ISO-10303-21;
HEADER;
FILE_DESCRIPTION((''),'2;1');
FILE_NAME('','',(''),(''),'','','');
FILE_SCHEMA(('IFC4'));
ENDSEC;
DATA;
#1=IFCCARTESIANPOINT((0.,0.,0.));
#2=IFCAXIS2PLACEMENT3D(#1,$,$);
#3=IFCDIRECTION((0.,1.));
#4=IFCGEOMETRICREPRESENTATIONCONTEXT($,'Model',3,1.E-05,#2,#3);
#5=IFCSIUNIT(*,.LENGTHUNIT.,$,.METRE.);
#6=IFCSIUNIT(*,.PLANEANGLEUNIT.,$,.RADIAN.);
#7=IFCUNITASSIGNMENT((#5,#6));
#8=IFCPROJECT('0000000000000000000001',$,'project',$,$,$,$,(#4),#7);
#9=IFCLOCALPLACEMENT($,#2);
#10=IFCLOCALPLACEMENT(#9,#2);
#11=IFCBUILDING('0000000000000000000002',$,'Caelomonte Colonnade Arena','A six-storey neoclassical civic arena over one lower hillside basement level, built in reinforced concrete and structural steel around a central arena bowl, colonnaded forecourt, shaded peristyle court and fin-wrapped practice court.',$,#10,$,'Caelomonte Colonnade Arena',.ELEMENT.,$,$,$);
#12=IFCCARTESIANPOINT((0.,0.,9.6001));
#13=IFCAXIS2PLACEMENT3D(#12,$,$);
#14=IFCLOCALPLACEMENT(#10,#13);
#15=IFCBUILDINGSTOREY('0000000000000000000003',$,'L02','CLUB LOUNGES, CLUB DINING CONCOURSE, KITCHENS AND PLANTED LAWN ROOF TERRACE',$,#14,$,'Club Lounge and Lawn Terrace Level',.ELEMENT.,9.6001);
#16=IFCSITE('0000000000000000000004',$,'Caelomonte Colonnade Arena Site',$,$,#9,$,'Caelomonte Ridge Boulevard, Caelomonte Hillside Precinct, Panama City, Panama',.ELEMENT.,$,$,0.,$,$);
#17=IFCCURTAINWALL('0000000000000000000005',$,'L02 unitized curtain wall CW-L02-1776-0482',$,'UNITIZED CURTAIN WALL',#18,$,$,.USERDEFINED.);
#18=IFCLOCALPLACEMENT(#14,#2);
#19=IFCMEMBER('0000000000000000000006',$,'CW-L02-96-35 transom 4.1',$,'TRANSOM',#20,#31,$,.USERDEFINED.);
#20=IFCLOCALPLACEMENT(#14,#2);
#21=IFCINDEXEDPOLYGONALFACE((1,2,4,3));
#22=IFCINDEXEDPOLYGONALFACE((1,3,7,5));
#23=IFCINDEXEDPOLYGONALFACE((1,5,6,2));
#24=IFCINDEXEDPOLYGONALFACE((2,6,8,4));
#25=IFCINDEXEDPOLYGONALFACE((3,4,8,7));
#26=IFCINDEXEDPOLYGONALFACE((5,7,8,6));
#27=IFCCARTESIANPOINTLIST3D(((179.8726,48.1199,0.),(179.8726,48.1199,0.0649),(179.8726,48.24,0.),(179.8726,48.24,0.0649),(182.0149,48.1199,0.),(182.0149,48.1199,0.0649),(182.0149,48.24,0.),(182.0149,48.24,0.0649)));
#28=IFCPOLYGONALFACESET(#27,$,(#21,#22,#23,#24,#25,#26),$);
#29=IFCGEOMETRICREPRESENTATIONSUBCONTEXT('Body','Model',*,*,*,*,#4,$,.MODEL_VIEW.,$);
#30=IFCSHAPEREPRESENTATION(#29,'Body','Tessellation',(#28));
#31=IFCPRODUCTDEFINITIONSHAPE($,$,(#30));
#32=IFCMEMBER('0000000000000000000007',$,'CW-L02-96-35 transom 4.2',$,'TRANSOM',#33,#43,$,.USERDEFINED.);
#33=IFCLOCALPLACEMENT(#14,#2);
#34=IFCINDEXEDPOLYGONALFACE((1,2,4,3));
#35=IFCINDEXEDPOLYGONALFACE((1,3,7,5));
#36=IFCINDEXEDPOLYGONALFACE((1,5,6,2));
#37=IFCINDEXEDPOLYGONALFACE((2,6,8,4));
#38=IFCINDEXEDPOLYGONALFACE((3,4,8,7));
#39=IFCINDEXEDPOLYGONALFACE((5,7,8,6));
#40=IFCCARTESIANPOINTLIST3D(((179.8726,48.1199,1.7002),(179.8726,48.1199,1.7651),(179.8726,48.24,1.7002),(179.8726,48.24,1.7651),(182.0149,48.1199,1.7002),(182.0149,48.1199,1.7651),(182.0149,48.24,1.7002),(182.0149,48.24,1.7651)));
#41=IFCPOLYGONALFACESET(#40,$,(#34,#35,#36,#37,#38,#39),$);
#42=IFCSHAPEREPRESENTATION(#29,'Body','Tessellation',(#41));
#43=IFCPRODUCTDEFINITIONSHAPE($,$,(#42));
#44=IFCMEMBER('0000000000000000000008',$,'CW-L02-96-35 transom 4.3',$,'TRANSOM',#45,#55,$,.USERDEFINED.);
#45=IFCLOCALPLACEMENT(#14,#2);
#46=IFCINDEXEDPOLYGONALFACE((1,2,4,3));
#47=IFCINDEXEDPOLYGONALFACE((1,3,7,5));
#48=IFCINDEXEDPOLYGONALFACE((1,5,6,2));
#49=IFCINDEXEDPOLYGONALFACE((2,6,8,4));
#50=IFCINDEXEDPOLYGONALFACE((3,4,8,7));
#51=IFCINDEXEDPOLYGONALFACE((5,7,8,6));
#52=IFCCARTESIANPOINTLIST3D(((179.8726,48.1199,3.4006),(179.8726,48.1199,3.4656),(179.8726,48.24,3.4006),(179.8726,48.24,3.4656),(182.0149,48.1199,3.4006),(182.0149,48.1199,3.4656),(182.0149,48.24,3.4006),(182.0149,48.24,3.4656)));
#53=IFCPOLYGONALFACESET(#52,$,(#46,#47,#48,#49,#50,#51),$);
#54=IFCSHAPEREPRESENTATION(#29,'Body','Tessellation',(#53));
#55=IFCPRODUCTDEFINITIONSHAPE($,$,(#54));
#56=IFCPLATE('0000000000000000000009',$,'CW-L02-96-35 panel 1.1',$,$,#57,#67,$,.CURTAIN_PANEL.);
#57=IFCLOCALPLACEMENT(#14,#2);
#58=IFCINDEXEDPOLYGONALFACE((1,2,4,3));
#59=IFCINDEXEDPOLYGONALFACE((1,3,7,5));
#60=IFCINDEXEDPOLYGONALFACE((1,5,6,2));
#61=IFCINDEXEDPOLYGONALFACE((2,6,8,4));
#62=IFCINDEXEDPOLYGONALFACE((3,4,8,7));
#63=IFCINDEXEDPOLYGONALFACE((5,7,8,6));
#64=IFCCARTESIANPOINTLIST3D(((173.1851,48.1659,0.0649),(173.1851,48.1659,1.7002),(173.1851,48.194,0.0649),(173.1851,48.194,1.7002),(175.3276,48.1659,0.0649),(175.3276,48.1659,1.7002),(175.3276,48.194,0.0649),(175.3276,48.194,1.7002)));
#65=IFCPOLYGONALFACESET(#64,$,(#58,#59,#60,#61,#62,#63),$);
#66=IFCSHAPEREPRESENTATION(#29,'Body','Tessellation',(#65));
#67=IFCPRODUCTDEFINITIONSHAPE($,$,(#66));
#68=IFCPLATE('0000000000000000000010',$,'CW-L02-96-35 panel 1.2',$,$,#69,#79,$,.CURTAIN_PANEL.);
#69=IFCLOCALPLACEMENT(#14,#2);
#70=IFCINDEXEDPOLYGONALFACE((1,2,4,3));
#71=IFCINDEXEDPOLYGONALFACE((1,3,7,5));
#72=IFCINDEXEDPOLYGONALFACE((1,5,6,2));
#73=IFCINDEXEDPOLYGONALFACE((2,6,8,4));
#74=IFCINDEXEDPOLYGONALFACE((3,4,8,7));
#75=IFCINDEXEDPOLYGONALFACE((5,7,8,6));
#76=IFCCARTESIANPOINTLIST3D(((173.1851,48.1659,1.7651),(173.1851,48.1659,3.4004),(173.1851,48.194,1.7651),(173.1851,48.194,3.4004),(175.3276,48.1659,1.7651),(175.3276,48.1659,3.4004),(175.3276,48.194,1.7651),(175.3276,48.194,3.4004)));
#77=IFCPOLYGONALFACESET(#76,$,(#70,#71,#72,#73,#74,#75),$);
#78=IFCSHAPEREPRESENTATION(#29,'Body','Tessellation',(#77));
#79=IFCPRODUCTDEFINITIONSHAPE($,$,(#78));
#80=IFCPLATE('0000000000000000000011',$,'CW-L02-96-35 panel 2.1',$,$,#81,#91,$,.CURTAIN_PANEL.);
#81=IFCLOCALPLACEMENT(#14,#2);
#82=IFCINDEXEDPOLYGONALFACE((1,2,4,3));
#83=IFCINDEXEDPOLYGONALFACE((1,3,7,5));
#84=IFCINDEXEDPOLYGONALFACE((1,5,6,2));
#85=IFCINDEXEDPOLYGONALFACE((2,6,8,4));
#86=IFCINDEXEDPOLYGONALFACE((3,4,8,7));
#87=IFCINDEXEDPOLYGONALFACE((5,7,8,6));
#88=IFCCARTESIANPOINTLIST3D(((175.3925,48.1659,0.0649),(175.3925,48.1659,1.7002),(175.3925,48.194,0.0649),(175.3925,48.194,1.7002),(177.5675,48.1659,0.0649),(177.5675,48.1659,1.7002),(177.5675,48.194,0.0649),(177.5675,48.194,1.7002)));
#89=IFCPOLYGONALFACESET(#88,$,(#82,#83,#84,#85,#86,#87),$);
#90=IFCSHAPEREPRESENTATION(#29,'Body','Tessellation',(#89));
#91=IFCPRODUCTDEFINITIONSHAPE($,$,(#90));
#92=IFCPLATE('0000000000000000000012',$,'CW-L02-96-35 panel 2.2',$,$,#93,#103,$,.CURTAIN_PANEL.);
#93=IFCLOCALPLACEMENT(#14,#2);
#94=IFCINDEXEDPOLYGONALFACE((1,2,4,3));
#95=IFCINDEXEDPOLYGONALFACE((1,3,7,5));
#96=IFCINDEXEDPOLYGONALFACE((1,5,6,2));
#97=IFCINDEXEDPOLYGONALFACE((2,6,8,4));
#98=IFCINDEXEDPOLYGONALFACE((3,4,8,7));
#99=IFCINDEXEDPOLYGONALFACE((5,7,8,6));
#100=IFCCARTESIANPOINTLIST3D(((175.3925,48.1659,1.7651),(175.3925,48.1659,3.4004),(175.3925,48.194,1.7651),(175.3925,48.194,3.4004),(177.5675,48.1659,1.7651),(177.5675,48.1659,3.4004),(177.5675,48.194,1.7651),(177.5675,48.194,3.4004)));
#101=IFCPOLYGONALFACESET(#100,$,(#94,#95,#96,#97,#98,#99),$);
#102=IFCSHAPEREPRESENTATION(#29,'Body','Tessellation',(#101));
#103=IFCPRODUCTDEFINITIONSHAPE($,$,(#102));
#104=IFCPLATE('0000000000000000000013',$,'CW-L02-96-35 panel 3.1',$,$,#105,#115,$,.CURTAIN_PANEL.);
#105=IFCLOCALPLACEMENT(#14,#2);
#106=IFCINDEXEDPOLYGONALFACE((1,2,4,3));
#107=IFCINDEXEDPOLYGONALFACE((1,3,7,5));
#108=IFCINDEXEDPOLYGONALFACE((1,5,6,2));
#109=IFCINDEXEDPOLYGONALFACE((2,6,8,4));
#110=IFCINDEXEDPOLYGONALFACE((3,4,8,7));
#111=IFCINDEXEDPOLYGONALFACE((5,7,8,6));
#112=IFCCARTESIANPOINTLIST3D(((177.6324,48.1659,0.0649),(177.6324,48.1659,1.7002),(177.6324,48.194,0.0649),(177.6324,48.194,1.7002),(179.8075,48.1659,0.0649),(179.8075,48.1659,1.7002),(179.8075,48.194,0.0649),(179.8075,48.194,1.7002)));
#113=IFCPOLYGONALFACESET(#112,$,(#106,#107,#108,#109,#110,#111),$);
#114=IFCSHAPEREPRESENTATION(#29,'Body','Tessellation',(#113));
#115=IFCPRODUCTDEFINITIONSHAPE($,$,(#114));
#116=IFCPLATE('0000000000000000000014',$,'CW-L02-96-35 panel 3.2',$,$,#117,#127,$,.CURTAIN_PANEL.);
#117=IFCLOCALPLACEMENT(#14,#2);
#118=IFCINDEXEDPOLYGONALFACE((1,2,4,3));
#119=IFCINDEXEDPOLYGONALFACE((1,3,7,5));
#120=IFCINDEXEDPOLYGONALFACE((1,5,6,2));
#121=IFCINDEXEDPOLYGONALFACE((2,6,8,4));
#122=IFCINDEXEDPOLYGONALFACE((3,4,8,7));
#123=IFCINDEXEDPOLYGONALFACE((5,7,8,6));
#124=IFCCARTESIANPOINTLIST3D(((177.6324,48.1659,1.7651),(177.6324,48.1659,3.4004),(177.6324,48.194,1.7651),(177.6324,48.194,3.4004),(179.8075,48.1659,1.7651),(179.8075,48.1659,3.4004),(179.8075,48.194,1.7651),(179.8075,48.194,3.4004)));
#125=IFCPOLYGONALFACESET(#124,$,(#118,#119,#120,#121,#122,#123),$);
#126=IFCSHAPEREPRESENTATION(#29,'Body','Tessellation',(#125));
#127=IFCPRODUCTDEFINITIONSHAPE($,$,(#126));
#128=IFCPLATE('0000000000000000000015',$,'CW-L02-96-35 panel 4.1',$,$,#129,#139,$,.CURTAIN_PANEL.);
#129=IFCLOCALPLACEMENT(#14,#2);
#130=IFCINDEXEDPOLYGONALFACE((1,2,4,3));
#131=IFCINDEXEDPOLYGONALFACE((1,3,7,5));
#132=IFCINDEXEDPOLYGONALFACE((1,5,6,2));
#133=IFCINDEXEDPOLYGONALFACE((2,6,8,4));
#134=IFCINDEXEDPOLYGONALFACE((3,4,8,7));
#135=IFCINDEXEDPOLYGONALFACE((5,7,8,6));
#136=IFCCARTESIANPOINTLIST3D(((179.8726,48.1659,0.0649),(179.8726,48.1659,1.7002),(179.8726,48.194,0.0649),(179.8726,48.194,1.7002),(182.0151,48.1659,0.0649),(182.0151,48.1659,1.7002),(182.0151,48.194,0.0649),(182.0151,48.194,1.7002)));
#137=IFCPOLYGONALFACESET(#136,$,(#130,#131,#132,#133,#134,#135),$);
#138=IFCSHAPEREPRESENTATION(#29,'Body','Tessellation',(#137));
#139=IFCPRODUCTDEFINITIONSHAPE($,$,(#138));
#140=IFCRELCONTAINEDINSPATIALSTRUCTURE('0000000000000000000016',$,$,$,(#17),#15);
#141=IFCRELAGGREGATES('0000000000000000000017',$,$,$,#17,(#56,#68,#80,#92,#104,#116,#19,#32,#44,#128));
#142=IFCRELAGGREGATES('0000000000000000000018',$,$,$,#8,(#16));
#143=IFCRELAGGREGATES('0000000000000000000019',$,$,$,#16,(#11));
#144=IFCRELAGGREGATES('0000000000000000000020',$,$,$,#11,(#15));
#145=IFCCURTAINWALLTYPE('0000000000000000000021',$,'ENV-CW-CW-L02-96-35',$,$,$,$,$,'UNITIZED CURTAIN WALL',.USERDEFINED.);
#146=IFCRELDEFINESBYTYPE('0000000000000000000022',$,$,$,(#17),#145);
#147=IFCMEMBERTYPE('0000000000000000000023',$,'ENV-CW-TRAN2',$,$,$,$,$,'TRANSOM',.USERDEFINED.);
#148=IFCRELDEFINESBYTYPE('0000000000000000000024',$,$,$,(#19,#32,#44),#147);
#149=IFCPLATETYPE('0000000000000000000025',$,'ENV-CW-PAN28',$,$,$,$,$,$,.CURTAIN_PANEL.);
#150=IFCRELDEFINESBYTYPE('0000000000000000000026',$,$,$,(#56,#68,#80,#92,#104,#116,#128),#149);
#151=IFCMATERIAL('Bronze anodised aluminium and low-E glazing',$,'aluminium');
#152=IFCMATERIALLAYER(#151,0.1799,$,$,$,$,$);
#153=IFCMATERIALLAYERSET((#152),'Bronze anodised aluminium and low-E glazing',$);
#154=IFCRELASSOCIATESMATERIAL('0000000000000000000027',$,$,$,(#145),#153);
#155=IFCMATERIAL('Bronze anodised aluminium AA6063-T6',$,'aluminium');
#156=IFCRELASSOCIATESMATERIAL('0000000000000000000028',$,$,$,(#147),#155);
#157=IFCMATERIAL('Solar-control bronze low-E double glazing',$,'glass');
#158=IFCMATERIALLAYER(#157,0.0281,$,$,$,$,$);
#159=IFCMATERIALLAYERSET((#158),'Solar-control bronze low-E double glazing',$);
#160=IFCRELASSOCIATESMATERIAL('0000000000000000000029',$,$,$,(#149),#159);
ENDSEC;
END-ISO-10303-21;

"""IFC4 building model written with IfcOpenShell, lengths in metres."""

from ifc_helpers import new_model, si_unit, direction, frame, origin, origin_2d, place, context, subcontext, project, spatial, rectangle, extrude, material, layer, layer_set, material_profile, profile_set, type_object, element, aggregate, save


model = new_model("IFC4")

# Units and contexts
model_context = context("Model", 3, precision=1e-05, world=origin(), true_north=direction((0.0, 1.0)))
body_context = subcontext(model_context, "Body", "Model", "MODEL_VIEW")
ifc_project = project(units=[si_unit("LENGTHUNIT", "METRE"), si_unit("PLANEANGLEUNIT", "RADIAN")], contexts=[model_context])

# Site, building, storey
site_placement = place(None, origin())
site = spatial("IfcSite", under=ifc_project, at=site_placement, Name="Caelomonte Colonnade Arena Site", LongName="Caelomonte Ridge Boulevard, Caelomonte Hillside Precinct, Panama City, Panama", CompositionType="ELEMENT", RefElevation=0.0)
building_placement = place(site_placement, origin())
building = spatial("IfcBuilding", under=site, at=building_placement, Name="Caelomonte Colonnade Arena", Description="A six-storey neoclassical civic arena over one lower hillside basement level, built in reinforced concrete and structural steel around a central arena bowl, colonnaded forecourt, shaded peristyle court and fin-wrapped practice court.", LongName="Caelomonte Colonnade Arena", CompositionType="ELEMENT")
storey_placement = place(building_placement, frame((0.0, 0.0, 9.6001)))
storey = spatial("IfcBuildingStorey", under=building, at=storey_placement, Name="L02", Description="CLUB LOUNGES, CLUB DINING CONCOURSE, KITCHENS AND PLANTED LAWN ROOF TERRACE", LongName="Club Lounge and Lawn Terrace Level", CompositionType="ELEMENT", Elevation=9.6001)

# Curtain wall, members, plates
ifc_material_1 = material(Name="Bronze anodised aluminium and low-E glazing", Category="aluminium")
ifc_layer_1 = layer(ifc_material_1, 0.1799)
ifc_layer_set_1 = layer_set([ifc_layer_1], Name="Bronze anodised aluminium and low-E glazing")
curtain_wall_type = type_object("IfcCurtainWallType", Name="ENV-CW-CW-L02-96-35", ElementType="UNITIZED CURTAIN WALL", PredefinedType="USERDEFINED", material=ifc_layer_set_1)
curtain_wall_placement = place(storey_placement, origin())
curtain_wall = element("IfcCurtainWall", 1, at=curtain_wall_placement, inside=storey, type_object=curtain_wall_type, Name="L02 unitized curtain wall CW-L02-1776-0482", ObjectType="UNITIZED CURTAIN WALL", PredefinedType="USERDEFINED")
ifc_material_2 = material(Name="Bronze anodised aluminium AA6063-T6", Category="aluminium")
ifc_material_profile_1 = material_profile(ifc_material_2, rectangle(XDim=0.0649, YDim=0.1201, at=origin_2d()), Name="CWT-65X120")
ifc_profile_set_1 = profile_set([ifc_material_profile_1], Name="Bronze anodised aluminium AA6063-T6")
member_type_1 = type_object("IfcMemberType", Name="ENV-CW-TRAN2", ElementType="TRANSOM", PredefinedType="USERDEFINED", material=ifc_profile_set_1)
member_1_placement = place(storey_placement, frame((179.8726, 48.1799, 0.0325), z_axis=(1.0, 0.0, 0.0), x_axis=(0.0, 0.0, 1.0)))
member_1 = element("IfcMember", 2, at=member_1_placement, type_object=member_type_1, Name="CW-L02-96-35 transom 4.1", ObjectType="TRANSOM", PredefinedType="USERDEFINED", context=body_context, shape_type="SweptSolid", body=[
    extrude(rectangle(XDim=0.0649, YDim=0.1201, at=origin_2d()), origin(), (0.0, 0.0, 1.0), 2.1423),
])
member_2_placement = place(storey_placement, frame((179.8726, 48.1799, 1.7327), z_axis=(1.0, 0.0, 0.0), x_axis=(0.0, 0.0, 1.0)))
member_2 = element("IfcMember", 3, at=member_2_placement, type_object=member_type_1, Name="CW-L02-96-35 transom 4.2", ObjectType="TRANSOM", PredefinedType="USERDEFINED", context=body_context, shape_type="SweptSolid", body=[
    extrude(rectangle(XDim=0.0649, YDim=0.1201, at=origin_2d()), origin(), (0.0, 0.0, 1.0), 2.1423),
])
member_3_placement = place(storey_placement, frame((179.8726, 48.1799, 3.4331), z_axis=(1.0, 0.0, 0.0), x_axis=(0.0, 0.0, 1.0)))
member_3 = element("IfcMember", 4, at=member_3_placement, type_object=member_type_1, Name="CW-L02-96-35 transom 4.3", ObjectType="TRANSOM", PredefinedType="USERDEFINED", context=body_context, shape_type="SweptSolid", body=[
    extrude(rectangle(XDim=0.0649, YDim=0.1201, at=origin_2d()), origin(), (0.0, 0.0, 1.0), 2.1423),
])
ifc_material_3 = material(Name="Solar-control bronze low-E double glazing", Category="glass")
ifc_layer_2 = layer(ifc_material_3, 0.0281)
ifc_layer_set_2 = layer_set([ifc_layer_2], Name="Solar-control bronze low-E double glazing")
plate_type = type_object("IfcPlateType", Name="ENV-CW-PAN28", PredefinedType="CURTAIN_PANEL", material=ifc_layer_set_2)
plate_1_placement = place(storey_placement, frame((174.2563, 48.1799, 0.0649), z_axis=(0.0, 0.0, 1.0), x_axis=(1.0, 0.0, 0.0)))
plate_1 = element("IfcPlate", 5, at=plate_1_placement, type_object=plate_type, Name="CW-L02-96-35 panel 1.1", PredefinedType="CURTAIN_PANEL", context=body_context, shape_type="SweptSolid", body=[
    extrude(rectangle(XDim=2.1426, YDim=0.0281, at=origin_2d()), origin(), (0.0, 0.0, 1.0), 1.6353),
])
plate_2_placement = place(storey_placement, frame((174.2563, 48.1799, 1.7651), z_axis=(0.0, 0.0, 1.0), x_axis=(1.0, 0.0, 0.0)))
plate_2 = element("IfcPlate", 6, at=plate_2_placement, type_object=plate_type, Name="CW-L02-96-35 panel 1.2", PredefinedType="CURTAIN_PANEL", context=body_context, shape_type="SweptSolid", body=[
    extrude(rectangle(XDim=2.1426, YDim=0.0281, at=origin_2d()), origin(), (0.0, 0.0, 1.0), 1.6353),
])
plate_3_placement = place(storey_placement, frame((176.48, 48.1799, 0.0649), z_axis=(0.0, 0.0, 1.0), x_axis=(1.0, 0.0, 0.0)))
plate_3 = element("IfcPlate", 7, at=plate_3_placement, type_object=plate_type, Name="CW-L02-96-35 panel 2.1", PredefinedType="CURTAIN_PANEL", context=body_context, shape_type="SweptSolid", body=[
    extrude(rectangle(XDim=2.175, YDim=0.0281, at=origin_2d()), origin(), (0.0, 0.0, 1.0), 1.6353),
])
plate_4_placement = place(storey_placement, frame((176.48, 48.1799, 1.7651), z_axis=(0.0, 0.0, 1.0), x_axis=(1.0, 0.0, 0.0)))
plate_4 = element("IfcPlate", 8, at=plate_4_placement, type_object=plate_type, Name="CW-L02-96-35 panel 2.2", PredefinedType="CURTAIN_PANEL", context=body_context, shape_type="SweptSolid", body=[
    extrude(rectangle(XDim=2.175, YDim=0.0281, at=origin_2d()), origin(), (0.0, 0.0, 1.0), 1.6353),
])
plate_5_placement = place(storey_placement, frame((178.72, 48.1799, 0.0649), z_axis=(0.0, 0.0, 1.0), x_axis=(1.0, 0.0, 0.0)))
plate_5 = element("IfcPlate", 9, at=plate_5_placement, type_object=plate_type, Name="CW-L02-96-35 panel 3.1", PredefinedType="CURTAIN_PANEL", context=body_context, shape_type="SweptSolid", body=[
    extrude(rectangle(XDim=2.175, YDim=0.0281, at=origin_2d()), origin(), (0.0, 0.0, 1.0), 1.6353),
])
plate_6_placement = place(storey_placement, frame((178.72, 48.1799, 1.7651), z_axis=(0.0, 0.0, 1.0), x_axis=(1.0, 0.0, 0.0)))
plate_6 = element("IfcPlate", 10, at=plate_6_placement, type_object=plate_type, Name="CW-L02-96-35 panel 3.2", PredefinedType="CURTAIN_PANEL", context=body_context, shape_type="SweptSolid", body=[
    extrude(rectangle(XDim=2.175, YDim=0.0281, at=origin_2d()), origin(), (0.0, 0.0, 1.0), 1.6353),
])
plate_7_placement = place(storey_placement, frame((180.9438, 48.1799, 0.0649), z_axis=(0.0, 0.0, 1.0), x_axis=(1.0, 0.0, 0.0)))
plate_7 = element("IfcPlate", 11, at=plate_7_placement, type_object=plate_type, Name="CW-L02-96-35 panel 4.1", PredefinedType="CURTAIN_PANEL", context=body_context, shape_type="SweptSolid", body=[
    extrude(rectangle(XDim=2.1426, YDim=0.0281, at=origin_2d()), origin(), (0.0, 0.0, 1.0), 1.6353),
])
aggregate(curtain_wall, [plate_1, plate_2, plate_3, plate_4, plate_5, plate_6, member_1, member_2, member_3, plate_7])

save(model, "model.ifc")
